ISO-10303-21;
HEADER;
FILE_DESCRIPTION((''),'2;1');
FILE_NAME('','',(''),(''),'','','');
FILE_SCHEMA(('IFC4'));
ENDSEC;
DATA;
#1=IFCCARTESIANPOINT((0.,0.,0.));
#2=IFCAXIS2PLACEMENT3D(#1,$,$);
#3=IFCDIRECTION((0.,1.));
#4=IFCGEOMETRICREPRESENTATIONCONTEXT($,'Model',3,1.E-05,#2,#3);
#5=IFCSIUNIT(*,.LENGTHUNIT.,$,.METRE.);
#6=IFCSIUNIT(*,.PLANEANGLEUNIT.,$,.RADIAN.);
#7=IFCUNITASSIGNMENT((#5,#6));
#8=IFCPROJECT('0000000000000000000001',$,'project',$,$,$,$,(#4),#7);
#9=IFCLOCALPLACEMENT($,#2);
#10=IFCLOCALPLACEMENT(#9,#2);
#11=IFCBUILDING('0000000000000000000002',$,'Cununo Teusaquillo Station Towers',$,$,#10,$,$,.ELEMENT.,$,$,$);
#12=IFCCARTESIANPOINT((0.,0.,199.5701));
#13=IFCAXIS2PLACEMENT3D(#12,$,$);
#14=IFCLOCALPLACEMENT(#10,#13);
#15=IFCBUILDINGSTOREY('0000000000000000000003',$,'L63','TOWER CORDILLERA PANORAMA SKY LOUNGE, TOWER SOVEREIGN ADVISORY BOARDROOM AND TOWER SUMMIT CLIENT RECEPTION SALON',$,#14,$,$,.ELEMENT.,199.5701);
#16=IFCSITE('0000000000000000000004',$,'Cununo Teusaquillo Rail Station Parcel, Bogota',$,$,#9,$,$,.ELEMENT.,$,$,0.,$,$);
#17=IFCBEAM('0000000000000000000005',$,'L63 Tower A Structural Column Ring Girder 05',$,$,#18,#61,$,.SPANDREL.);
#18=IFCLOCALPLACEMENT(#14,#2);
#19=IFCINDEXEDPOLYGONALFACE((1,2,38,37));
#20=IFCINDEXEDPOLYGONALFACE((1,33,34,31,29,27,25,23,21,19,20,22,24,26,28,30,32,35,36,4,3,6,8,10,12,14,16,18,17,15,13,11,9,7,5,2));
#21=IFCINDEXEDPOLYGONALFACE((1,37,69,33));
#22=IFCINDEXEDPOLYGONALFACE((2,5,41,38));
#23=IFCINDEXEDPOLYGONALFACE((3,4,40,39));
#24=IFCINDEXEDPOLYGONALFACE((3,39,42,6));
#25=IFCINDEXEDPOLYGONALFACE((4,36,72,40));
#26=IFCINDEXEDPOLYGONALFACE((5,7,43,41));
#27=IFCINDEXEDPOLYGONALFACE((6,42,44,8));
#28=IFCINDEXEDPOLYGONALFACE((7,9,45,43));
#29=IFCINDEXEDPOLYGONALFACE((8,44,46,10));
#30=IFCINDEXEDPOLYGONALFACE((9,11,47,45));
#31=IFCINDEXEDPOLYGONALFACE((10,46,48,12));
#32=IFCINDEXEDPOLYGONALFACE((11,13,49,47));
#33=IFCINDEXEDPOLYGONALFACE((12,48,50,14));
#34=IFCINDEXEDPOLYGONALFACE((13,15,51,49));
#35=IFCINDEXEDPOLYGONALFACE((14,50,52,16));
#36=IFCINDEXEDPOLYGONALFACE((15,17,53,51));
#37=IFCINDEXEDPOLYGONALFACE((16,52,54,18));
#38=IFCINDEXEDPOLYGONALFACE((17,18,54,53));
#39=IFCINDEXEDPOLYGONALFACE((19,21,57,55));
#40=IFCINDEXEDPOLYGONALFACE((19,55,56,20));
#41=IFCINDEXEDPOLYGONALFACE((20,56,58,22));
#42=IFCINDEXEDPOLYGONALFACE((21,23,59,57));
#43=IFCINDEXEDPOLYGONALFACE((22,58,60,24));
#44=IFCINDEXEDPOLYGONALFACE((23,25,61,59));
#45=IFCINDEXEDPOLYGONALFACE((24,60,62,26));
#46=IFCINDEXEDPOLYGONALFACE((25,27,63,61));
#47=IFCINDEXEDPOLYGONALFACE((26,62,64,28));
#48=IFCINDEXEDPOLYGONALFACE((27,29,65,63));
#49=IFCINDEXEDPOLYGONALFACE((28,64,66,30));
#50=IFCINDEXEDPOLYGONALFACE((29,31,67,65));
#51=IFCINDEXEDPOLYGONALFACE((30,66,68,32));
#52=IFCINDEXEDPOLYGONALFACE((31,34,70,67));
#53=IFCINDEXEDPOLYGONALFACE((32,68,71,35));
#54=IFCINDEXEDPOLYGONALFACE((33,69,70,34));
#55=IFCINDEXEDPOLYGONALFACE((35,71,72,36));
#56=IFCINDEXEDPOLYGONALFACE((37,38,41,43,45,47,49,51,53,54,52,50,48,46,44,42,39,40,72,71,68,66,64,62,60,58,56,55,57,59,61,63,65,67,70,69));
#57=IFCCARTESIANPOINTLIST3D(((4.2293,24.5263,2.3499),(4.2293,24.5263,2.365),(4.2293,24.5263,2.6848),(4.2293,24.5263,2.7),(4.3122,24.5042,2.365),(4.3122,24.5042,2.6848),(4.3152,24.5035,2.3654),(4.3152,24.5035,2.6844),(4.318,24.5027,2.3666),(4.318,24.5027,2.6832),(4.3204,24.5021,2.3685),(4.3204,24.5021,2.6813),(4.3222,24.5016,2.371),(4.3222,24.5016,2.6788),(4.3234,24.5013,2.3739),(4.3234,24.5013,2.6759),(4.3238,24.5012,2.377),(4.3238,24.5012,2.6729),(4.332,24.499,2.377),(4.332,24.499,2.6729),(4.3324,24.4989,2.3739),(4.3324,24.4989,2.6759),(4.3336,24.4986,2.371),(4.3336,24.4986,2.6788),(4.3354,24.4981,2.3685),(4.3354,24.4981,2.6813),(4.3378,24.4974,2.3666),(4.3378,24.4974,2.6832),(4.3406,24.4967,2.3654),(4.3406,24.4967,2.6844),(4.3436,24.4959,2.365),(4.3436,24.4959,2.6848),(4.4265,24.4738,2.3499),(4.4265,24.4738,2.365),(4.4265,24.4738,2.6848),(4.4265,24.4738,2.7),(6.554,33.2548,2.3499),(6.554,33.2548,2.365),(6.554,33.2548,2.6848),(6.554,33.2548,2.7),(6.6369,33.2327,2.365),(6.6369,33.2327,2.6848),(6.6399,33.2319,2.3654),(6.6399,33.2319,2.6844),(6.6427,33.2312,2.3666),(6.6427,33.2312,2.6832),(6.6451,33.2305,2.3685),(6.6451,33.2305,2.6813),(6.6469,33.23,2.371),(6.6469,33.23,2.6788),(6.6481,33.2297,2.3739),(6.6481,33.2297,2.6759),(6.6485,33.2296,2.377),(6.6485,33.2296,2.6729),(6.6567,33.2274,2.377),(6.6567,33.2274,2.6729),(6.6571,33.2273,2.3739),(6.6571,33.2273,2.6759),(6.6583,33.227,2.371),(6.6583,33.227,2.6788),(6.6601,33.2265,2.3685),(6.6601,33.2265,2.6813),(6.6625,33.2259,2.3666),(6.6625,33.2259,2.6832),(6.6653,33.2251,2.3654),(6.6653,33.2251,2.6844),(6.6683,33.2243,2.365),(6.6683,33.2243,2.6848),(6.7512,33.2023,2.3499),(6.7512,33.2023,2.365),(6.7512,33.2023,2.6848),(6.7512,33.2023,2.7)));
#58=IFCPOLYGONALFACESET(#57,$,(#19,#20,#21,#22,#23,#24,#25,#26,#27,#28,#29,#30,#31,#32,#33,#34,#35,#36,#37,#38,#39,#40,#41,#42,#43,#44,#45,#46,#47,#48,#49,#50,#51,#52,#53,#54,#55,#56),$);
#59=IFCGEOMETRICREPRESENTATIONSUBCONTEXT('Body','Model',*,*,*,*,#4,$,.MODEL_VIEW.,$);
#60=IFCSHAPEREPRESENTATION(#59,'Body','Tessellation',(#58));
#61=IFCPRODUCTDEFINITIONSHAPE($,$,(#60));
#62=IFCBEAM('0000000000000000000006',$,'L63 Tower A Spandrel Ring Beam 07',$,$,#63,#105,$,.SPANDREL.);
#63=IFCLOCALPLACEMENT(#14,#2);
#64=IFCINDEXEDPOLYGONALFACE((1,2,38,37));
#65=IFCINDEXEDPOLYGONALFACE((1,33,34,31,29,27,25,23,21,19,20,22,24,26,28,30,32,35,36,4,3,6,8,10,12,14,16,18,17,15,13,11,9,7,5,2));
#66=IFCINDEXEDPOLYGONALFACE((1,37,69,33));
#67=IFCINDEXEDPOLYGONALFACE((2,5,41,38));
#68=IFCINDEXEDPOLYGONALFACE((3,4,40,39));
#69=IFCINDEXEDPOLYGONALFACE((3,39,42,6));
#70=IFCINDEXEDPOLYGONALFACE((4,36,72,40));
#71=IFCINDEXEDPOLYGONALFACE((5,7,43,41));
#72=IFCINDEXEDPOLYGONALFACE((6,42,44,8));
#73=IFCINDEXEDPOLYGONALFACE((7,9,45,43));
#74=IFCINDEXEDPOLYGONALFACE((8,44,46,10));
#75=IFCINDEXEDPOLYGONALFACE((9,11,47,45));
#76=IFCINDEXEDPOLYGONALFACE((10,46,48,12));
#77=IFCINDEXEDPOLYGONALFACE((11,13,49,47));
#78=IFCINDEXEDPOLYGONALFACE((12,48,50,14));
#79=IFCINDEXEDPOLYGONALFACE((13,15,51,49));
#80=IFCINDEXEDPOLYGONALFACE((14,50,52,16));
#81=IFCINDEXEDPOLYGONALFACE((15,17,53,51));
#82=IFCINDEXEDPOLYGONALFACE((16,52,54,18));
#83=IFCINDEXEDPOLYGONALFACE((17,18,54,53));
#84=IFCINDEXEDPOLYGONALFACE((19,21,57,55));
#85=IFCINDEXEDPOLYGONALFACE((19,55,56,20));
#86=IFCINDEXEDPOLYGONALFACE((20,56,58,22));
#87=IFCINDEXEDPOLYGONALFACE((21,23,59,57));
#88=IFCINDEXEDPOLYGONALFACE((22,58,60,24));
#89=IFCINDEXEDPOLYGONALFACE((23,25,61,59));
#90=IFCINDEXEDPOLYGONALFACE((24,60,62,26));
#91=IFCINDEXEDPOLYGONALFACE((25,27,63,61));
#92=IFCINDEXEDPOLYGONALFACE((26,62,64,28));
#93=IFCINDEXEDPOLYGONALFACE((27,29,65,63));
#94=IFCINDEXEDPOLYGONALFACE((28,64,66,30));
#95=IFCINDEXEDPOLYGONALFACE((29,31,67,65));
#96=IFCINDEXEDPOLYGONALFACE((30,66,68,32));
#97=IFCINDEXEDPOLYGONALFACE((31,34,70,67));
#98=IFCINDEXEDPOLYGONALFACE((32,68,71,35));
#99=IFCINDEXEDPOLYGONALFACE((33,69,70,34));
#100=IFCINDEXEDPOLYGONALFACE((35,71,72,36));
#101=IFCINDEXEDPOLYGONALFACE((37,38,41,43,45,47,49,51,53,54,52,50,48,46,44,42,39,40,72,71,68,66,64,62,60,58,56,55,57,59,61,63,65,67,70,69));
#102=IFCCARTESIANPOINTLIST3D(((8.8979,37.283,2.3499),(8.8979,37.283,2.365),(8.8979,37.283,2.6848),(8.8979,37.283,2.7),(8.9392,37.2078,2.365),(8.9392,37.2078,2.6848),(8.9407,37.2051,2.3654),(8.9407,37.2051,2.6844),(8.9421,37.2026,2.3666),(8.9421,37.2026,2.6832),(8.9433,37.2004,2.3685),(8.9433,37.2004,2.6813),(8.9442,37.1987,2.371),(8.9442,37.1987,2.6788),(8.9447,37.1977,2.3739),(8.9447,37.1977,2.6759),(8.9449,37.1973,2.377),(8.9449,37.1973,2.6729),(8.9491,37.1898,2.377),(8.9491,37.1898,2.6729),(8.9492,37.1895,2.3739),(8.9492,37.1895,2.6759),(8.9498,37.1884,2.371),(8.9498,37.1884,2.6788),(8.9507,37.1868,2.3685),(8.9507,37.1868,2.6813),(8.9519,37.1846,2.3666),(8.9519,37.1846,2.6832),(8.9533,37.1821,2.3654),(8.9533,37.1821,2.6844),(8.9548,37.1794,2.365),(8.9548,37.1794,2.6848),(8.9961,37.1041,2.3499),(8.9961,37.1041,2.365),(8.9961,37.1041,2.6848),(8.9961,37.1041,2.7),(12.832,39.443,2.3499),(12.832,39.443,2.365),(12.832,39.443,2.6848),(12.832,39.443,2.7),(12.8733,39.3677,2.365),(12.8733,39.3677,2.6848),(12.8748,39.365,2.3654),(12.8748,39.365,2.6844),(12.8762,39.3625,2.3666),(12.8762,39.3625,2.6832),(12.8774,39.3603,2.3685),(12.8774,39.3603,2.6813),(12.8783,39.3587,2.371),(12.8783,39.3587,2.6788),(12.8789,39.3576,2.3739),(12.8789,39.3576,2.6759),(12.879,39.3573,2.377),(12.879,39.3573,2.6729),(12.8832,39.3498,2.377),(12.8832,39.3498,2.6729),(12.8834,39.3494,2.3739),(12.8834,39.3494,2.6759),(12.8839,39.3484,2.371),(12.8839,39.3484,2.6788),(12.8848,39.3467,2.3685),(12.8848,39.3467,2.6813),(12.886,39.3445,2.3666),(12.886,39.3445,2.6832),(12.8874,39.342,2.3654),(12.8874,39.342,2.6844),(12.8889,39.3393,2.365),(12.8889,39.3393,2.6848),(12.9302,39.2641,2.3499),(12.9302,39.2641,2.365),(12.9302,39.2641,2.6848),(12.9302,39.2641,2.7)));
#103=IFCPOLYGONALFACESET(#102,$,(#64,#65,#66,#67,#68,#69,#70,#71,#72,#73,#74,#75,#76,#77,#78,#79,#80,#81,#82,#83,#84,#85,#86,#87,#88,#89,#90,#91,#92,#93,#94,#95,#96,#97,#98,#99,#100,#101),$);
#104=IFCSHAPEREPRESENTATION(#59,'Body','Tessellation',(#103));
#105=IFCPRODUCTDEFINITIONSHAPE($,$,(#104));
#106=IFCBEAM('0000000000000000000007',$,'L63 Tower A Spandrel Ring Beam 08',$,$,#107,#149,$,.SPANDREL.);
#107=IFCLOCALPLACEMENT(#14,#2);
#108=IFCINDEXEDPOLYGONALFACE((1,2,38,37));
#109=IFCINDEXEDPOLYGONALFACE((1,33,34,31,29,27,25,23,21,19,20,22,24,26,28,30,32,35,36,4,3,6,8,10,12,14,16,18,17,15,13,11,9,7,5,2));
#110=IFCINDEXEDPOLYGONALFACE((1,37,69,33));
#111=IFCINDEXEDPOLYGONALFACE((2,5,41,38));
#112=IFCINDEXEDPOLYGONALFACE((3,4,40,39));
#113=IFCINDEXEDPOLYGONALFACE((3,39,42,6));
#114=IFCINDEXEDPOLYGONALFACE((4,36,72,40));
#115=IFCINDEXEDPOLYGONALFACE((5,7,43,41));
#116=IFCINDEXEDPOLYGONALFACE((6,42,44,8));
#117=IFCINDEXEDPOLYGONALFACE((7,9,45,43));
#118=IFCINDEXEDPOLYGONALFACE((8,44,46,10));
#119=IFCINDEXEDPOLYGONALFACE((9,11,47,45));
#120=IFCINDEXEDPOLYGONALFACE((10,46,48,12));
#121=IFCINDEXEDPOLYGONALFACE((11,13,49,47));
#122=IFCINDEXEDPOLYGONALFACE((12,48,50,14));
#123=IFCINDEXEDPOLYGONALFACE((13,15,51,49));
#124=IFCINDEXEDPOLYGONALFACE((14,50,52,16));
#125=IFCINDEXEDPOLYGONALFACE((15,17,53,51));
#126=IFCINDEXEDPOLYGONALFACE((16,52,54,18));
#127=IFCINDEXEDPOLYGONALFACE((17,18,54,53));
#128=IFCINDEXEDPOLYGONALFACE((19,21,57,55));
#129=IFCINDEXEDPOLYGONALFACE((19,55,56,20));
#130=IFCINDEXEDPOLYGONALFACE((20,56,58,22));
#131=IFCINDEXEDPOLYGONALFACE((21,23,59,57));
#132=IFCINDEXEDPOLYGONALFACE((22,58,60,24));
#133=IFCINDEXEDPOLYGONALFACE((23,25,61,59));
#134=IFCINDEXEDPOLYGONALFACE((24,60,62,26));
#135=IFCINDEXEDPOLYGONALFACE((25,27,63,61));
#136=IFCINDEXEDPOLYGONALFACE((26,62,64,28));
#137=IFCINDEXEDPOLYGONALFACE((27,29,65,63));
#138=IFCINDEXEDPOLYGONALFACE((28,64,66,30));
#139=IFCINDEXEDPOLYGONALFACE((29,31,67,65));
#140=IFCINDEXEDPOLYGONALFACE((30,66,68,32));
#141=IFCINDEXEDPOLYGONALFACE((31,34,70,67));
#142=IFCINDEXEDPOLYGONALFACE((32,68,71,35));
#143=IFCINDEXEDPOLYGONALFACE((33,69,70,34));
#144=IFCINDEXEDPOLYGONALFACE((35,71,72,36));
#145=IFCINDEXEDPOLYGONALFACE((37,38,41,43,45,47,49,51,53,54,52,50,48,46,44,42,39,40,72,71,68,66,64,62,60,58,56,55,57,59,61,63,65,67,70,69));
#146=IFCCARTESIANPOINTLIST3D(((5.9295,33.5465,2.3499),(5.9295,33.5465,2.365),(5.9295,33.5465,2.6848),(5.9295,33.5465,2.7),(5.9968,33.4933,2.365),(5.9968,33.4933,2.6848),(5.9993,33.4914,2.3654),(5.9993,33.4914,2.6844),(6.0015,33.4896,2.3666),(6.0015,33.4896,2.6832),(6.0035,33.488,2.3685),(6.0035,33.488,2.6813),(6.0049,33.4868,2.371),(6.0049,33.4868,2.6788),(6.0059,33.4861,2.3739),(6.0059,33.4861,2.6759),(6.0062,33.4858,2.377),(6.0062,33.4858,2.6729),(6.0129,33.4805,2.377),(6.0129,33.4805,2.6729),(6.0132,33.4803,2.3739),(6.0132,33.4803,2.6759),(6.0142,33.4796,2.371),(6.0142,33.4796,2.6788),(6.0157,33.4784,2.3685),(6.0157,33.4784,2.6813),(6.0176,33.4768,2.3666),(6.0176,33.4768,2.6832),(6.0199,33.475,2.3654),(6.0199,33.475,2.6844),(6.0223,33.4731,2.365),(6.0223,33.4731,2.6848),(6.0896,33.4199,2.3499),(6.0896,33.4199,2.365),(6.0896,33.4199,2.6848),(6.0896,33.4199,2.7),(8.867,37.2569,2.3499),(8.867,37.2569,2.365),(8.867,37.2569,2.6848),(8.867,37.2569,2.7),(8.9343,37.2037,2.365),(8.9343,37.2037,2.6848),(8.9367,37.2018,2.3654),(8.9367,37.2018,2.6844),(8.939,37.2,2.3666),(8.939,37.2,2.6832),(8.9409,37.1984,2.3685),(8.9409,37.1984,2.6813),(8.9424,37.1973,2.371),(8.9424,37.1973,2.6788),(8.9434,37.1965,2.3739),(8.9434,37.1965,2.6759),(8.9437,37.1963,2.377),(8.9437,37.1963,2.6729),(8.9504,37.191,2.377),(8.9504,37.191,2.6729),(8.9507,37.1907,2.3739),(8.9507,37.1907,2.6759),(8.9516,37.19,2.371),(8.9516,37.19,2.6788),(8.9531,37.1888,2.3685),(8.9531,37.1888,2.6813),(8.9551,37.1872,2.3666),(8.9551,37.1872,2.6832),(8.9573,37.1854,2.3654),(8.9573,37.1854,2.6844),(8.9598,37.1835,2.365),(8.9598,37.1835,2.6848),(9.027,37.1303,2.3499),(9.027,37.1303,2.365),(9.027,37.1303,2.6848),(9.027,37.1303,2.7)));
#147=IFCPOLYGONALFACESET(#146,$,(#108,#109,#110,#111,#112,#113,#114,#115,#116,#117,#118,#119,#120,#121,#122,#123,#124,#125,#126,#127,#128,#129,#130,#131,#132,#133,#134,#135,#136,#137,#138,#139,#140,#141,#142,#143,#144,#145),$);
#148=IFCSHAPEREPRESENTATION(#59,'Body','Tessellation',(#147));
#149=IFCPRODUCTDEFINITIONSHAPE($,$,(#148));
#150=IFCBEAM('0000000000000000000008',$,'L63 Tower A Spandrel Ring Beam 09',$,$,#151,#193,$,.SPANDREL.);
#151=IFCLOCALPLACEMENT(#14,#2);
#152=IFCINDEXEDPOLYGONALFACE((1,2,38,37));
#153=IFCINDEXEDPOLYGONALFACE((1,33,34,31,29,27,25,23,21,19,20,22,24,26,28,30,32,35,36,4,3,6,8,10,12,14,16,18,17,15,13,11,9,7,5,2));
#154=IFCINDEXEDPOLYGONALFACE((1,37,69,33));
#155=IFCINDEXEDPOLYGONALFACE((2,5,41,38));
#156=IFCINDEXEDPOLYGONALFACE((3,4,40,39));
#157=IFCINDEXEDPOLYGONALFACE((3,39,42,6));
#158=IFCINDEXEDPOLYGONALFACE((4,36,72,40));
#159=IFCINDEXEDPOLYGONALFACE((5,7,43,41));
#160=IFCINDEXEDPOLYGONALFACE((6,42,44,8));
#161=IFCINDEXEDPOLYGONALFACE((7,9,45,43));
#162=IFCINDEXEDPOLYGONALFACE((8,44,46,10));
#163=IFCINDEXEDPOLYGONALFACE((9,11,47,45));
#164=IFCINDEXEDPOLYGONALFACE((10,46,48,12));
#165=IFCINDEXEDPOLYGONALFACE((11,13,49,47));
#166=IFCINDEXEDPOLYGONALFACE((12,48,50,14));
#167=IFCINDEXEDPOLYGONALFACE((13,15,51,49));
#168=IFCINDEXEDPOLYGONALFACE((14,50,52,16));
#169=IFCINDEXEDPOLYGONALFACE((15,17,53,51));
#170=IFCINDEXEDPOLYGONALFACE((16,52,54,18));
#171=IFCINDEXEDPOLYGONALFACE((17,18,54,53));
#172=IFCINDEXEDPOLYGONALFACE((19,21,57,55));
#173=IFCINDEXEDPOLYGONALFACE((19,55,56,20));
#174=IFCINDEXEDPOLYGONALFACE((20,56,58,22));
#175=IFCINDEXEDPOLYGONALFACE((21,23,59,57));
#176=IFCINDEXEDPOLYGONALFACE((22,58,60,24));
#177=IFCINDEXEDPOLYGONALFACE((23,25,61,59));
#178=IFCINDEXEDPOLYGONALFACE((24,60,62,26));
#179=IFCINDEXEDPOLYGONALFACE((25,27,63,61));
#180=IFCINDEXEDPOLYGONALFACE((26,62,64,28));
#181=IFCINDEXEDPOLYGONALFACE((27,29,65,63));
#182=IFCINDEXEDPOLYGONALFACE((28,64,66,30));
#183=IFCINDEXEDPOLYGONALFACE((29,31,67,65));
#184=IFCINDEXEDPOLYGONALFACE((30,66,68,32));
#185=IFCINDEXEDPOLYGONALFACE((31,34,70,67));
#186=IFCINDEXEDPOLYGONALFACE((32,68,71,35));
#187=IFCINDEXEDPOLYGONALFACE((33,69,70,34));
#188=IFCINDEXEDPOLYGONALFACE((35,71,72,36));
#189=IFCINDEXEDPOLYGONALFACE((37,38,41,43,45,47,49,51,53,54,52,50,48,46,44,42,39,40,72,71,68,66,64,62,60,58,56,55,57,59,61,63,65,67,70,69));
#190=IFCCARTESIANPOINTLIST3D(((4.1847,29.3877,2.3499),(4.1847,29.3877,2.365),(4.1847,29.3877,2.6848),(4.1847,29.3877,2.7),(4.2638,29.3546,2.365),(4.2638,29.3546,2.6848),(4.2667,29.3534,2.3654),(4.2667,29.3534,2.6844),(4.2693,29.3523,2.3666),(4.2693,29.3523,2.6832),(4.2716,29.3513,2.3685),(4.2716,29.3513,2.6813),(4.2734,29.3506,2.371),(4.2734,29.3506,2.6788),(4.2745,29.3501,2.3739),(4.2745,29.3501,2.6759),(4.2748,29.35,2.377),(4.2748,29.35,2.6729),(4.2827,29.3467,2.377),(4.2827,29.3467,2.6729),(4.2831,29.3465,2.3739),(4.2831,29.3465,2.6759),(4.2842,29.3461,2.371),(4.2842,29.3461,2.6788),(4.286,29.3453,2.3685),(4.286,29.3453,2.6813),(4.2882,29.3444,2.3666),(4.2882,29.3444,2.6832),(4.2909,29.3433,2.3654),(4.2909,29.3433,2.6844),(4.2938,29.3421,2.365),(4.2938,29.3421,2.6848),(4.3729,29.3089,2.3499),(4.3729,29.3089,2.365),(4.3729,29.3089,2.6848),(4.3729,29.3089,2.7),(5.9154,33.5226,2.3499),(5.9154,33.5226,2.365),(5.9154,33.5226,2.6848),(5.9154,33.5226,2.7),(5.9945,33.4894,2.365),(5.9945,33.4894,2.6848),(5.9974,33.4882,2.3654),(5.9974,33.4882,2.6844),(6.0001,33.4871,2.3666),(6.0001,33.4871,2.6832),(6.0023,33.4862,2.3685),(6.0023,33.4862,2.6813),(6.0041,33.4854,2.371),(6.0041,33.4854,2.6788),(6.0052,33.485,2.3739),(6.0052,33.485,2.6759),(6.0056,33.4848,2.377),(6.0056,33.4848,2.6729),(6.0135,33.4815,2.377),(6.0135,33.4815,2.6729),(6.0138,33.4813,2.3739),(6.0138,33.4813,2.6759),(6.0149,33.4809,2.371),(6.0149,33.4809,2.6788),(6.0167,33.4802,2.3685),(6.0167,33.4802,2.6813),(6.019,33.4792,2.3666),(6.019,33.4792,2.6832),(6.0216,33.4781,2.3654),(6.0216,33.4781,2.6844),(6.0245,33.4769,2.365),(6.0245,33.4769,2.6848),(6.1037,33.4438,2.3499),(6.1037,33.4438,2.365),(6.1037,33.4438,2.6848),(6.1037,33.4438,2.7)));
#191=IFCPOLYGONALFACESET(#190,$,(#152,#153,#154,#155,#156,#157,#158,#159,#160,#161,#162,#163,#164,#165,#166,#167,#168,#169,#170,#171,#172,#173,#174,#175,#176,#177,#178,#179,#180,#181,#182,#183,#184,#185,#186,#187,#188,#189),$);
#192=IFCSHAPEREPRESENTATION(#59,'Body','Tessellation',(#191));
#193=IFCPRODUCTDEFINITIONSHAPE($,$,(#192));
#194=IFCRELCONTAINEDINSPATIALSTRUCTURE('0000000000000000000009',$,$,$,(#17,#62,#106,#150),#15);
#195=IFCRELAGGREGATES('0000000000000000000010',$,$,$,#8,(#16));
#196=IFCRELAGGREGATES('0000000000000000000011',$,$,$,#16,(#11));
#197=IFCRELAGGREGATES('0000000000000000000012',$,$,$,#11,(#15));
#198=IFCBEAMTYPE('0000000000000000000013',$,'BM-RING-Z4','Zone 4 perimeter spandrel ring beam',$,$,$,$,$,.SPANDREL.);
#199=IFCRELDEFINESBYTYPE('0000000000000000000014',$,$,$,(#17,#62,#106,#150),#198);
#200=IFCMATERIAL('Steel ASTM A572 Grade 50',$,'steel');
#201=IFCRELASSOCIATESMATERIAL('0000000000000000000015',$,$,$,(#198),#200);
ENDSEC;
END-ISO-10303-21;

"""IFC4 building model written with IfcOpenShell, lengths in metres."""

from ifc_helpers import new_model, si_unit, direction, frame, origin, origin_2d, place, context, subcontext, project, spatial, i_section, extrude, material, material_profile, profile_set, type_object, element, save


model = new_model("IFC4")

# Units and contexts
model_context = context("Model", 3, precision=1e-05, world=origin(), true_north=direction((0.0, 1.0)))
body_context = subcontext(model_context, "Body", "Model", "MODEL_VIEW")
ifc_project = project(units=[si_unit("LENGTHUNIT", "METRE"), si_unit("PLANEANGLEUNIT", "RADIAN")], contexts=[model_context])

# Site, building, storey
site_placement = place(None, origin())
site = spatial("IfcSite", under=ifc_project, at=site_placement, Name="Cununo Teusaquillo Rail Station Parcel, Bogota", CompositionType="ELEMENT", RefElevation=0.0)
building_placement = place(site_placement, origin())
building = spatial("IfcBuilding", under=site, at=building_placement, Name="Cununo Teusaquillo Station Towers", CompositionType="ELEMENT")
storey_placement = place(building_placement, frame((0.0, 0.0, 199.5701)))
storey = spatial("IfcBuildingStorey", under=building, at=storey_placement, Name="L63", Description="TOWER CORDILLERA PANORAMA SKY LOUNGE, TOWER SOVEREIGN ADVISORY BOARDROOM AND TOWER SUMMIT CLIENT RECEPTION SALON", CompositionType="ELEMENT", Elevation=199.5701)

# Beams
ifc_material_1 = material(Name="Steel ASTM A572 Grade 50", Category="steel")
ifc_material_profile_1 = material_profile(ifc_material_1, i_section(OverallWidth=0.2041, OverallDepth=0.3501, WebThickness=0.0085, FlangeThickness=0.0151, FilletRadius=0.012, at=origin_2d()), Name="W14X48")
ifc_profile_set_1 = profile_set([ifc_material_profile_1], Name="Steel ASTM A572 Grade 50")
beam_type_1 = type_object("IfcBeamType", Name="BM-RING-Z4", Description="Zone 4 perimeter spandrel ring beam", PredefinedType="SPANDREL", material=ifc_profile_set_1)
beam_1_placement = place(storey_placement, frame((6.6526, 33.2285, 2.5249), z_axis=(-0.257363, -0.966315, 0.0), x_axis=(0.966315, -0.257363, 0.0)))
element("IfcBeam", 1, at=beam_1_placement, inside=storey, type_object=beam_type_1, Name="L63 Tower A Structural Column Ring Girder 05", PredefinedType="SPANDREL", context=body_context, shape_type="SweptSolid", body=[
    extrude(i_section(OverallWidth=0.2041, OverallDepth=0.3501, WebThickness=0.0085, FlangeThickness=0.0151, FilletRadius=0.012, at=origin_2d()), origin(), (0.0, 0.0, 1.0), 9.0327),
])
beam_2_placement = place(storey_placement, frame((12.8811, 39.3535, 2.5249), z_axis=(-0.876576, -0.481263, 0.0), x_axis=(0.481263, -0.876576, 0.0)))
element("IfcBeam", 2, at=beam_2_placement, inside=storey, type_object=beam_type_1, Name="L63 Tower A Spandrel Ring Beam 07", PredefinedType="SPANDREL", context=body_context, shape_type="SweptSolid", body=[
    extrude(i_section(OverallWidth=0.2041, OverallDepth=0.3501, WebThickness=0.0085, FlangeThickness=0.0151, FilletRadius=0.012, at=origin_2d()), origin(), (0.0, 0.0, 1.0), 4.488),
])
beam_3_placement = place(storey_placement, frame((8.947, 37.1936, 2.5249), z_axis=(-0.620711, -0.78404, 0.0), x_axis=(0.78404, -0.620711, 0.0)))
element("IfcBeam", 3, at=beam_3_placement, inside=storey, type_object=beam_type_1, Name="L63 Tower A Spandrel Ring Beam 08", PredefinedType="SPANDREL", context=body_context, shape_type="SweptSolid", body=[
    extrude(i_section(OverallWidth=0.2041, OverallDepth=0.3501, WebThickness=0.0085, FlangeThickness=0.0151, FilletRadius=0.012, at=origin_2d()), origin(), (0.0, 0.0, 1.0), 4.7324),
])
beam_4_placement = place(storey_placement, frame((6.0095, 33.4832, 2.5249), z_axis=(-0.386115, -0.92245, 0.0), x_axis=(0.92245, -0.386115, 0.0)))
element("IfcBeam", 4, at=beam_4_placement, inside=storey, type_object=beam_type_1, Name="L63 Tower A Spandrel Ring Beam 09", PredefinedType="SPANDREL", context=body_context, shape_type="SweptSolid", body=[
    extrude(i_section(OverallWidth=0.2041, OverallDepth=0.3501, WebThickness=0.0085, FlangeThickness=0.0151, FilletRadius=0.012, at=origin_2d()), origin(), (0.0, 0.0, 1.0), 4.4824),
])

save(model, "model.ifc")
